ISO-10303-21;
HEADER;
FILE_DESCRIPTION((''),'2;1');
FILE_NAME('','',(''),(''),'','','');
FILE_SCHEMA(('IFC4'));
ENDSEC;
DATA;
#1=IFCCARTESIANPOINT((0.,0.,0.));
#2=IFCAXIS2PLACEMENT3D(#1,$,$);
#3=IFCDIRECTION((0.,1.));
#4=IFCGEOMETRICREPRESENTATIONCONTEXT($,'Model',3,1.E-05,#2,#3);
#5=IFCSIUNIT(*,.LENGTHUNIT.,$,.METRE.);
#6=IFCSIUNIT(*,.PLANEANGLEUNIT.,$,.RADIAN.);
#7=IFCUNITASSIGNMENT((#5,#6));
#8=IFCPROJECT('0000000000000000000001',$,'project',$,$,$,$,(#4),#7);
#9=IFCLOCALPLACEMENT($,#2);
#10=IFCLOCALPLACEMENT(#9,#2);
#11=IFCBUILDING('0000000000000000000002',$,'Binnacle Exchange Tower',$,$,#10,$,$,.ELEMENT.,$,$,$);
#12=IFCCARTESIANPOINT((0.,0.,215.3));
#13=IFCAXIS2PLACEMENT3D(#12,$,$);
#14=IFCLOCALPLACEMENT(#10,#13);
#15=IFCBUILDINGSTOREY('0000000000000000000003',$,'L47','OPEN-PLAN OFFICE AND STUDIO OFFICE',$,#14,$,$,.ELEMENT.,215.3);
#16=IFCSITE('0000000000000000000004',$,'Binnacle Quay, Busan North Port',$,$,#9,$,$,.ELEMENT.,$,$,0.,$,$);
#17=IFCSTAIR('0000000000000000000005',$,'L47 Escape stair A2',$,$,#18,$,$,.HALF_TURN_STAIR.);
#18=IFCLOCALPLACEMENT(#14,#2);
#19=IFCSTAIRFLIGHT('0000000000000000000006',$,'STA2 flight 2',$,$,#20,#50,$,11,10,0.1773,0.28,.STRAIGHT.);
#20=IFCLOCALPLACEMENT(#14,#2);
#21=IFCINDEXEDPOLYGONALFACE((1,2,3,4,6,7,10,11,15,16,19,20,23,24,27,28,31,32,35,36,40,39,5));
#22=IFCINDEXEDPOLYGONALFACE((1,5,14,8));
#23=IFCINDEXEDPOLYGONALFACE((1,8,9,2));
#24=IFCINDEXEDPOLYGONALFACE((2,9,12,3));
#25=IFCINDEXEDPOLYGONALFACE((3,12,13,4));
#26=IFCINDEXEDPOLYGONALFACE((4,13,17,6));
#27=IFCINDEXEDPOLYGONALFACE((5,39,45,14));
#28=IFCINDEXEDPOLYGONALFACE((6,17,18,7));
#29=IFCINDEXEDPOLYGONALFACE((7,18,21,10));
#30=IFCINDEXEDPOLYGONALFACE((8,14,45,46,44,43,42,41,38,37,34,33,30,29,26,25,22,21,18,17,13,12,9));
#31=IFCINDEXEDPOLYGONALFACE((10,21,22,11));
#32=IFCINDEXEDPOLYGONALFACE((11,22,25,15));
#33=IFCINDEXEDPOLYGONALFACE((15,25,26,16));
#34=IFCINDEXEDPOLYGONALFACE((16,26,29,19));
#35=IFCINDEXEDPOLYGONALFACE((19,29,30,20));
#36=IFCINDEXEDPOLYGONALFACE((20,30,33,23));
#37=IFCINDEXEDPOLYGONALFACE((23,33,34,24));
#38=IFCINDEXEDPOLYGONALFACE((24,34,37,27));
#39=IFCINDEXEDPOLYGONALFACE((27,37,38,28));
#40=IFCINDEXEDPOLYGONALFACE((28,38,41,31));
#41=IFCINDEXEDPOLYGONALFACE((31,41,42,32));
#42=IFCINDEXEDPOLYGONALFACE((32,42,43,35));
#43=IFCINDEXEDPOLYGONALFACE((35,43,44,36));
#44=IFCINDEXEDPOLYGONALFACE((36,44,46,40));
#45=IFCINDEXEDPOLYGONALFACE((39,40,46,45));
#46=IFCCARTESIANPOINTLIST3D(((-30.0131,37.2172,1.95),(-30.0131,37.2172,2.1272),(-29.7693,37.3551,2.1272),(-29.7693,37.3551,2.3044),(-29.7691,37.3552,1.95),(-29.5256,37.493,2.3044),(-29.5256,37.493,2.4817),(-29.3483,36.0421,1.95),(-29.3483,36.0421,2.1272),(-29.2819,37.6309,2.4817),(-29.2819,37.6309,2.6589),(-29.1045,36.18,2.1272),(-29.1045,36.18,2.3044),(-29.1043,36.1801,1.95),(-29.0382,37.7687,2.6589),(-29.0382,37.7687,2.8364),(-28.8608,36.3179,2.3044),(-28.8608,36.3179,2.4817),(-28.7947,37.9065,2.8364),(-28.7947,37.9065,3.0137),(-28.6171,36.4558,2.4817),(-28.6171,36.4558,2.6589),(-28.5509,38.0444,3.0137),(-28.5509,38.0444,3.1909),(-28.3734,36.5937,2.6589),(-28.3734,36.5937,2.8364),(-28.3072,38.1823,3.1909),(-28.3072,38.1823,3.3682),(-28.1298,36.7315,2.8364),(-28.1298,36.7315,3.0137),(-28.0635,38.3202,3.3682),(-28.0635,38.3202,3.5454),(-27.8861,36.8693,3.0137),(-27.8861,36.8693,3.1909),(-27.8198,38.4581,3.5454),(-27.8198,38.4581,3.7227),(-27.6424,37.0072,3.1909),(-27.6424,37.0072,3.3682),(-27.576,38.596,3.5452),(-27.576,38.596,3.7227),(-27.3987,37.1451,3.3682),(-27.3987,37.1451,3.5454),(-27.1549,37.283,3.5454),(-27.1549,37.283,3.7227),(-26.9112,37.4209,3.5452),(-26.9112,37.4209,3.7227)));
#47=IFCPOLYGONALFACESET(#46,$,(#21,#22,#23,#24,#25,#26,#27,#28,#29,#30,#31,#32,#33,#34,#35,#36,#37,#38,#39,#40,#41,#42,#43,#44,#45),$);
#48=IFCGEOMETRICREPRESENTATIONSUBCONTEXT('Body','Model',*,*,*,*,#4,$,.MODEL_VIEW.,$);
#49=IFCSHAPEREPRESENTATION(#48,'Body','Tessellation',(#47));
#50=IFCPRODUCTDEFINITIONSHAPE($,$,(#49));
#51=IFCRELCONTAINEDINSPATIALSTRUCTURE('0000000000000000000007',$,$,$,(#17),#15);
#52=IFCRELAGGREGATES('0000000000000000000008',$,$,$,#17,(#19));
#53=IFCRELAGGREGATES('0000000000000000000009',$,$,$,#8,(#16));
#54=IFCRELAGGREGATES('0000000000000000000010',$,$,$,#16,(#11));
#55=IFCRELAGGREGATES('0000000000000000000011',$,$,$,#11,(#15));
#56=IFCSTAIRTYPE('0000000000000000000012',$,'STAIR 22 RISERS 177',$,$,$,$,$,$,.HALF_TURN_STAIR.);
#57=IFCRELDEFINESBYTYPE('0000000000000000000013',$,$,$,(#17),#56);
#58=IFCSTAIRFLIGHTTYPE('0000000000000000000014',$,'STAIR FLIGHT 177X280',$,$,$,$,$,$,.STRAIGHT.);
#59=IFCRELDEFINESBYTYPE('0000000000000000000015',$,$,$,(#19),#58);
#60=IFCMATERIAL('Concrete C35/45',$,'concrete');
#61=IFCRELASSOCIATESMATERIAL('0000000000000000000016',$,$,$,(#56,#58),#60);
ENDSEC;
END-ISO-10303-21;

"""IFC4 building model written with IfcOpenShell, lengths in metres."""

from ifc_helpers import new_model, si_unit, direction, frame, origin, place, context, subcontext, project, spatial, polyline, outline, extrude, material, type_object, element, aggregate, save


model = new_model("IFC4")

# Units and contexts
model_context = context("Model", 3, precision=1e-05, world=origin(), true_north=direction((0.0, 1.0)))
body_context = subcontext(model_context, "Body", "Model", "MODEL_VIEW")
ifc_project = project(units=[si_unit("LENGTHUNIT", "METRE"), si_unit("PLANEANGLEUNIT", "RADIAN")], contexts=[model_context])

# Site, building, storey
site_placement = place(None, origin())
site = spatial("IfcSite", under=ifc_project, at=site_placement, Name="Binnacle Quay, Busan North Port", CompositionType="ELEMENT", RefElevation=0.0)
building_placement = place(site_placement, origin())
building = spatial("IfcBuilding", under=site, at=building_placement, Name="Binnacle Exchange Tower", CompositionType="ELEMENT")
storey_placement = place(building_placement, frame((0.0, 0.0, 215.3)))
storey = spatial("IfcBuildingStorey", under=building, at=storey_placement, Name="L47", Description="OPEN-PLAN OFFICE AND STUDIO OFFICE", CompositionType="ELEMENT", Elevation=215.3)

# Stair, stair flight
ifc_material_1 = material(Name="Concrete C35/45", Category="concrete")
stair_type = type_object("IfcStairType", Name="STAIR 22 RISERS 177", PredefinedType="HALF_TURN_STAIR", material=ifc_material_1)
stair_placement = place(storey_placement, origin())
stair = element("IfcStair", 1, at=stair_placement, inside=storey, type_object=stair_type, Name="L47 Escape stair A2", PredefinedType="HALF_TURN_STAIR")
stair_flight_type = type_object("IfcStairFlightType", Name="STAIR FLIGHT 177X280", PredefinedType="STRAIGHT", material=ifc_material_1)
stair_flight_placement = place(storey_placement, frame((-29.6807, 36.6296, 1.95), z_axis=(0.0, 0.0, 1.0), x_axis=(0.870356, 0.492424, 0.0)))
stair_flight = element("IfcStairFlight", 2, at=stair_flight_placement, type_object=stair_flight_type, Name="STA2 flight 2", NumberOfRisers=11, NumberOfTreads=10, PredefinedType="STRAIGHT", RiserHeight=0.1773, TreadLength=0.28, context=body_context, shape_type="SweptSolid", body=[
    extrude(outline(polyline([(0.0, 0.0), (0.0, 0.1772), (0.28, 0.1772), (0.28, 0.3545), (0.5601, 0.3545), (0.5601, 0.5317), (0.8401, 0.5317), (0.8401, 0.709), (1.1201, 0.709), (1.1201, 0.8865), (1.3999, 0.8865), (1.3999, 1.0637), (1.6799, 1.0637), (1.6799, 1.241), (1.96, 1.241), (1.96, 1.4182), (2.24, 1.4182), (2.24, 1.5955), (2.52, 1.5955), (2.52, 1.7727), (2.8, 1.7727), (2.8, 1.95), (2.8, 1.5952), (0.2803, 0.0), (0.0, 0.0)])), frame((0.0, 0.675, 0.0), z_axis=(0.0, -1.0, 0.0), x_axis=(1.0, 0.0, 0.0)), (0.0, 0.0, 1.0), 1.3501),
])
aggregate(stair, [stair_flight])

save(model, "model.ifc")
